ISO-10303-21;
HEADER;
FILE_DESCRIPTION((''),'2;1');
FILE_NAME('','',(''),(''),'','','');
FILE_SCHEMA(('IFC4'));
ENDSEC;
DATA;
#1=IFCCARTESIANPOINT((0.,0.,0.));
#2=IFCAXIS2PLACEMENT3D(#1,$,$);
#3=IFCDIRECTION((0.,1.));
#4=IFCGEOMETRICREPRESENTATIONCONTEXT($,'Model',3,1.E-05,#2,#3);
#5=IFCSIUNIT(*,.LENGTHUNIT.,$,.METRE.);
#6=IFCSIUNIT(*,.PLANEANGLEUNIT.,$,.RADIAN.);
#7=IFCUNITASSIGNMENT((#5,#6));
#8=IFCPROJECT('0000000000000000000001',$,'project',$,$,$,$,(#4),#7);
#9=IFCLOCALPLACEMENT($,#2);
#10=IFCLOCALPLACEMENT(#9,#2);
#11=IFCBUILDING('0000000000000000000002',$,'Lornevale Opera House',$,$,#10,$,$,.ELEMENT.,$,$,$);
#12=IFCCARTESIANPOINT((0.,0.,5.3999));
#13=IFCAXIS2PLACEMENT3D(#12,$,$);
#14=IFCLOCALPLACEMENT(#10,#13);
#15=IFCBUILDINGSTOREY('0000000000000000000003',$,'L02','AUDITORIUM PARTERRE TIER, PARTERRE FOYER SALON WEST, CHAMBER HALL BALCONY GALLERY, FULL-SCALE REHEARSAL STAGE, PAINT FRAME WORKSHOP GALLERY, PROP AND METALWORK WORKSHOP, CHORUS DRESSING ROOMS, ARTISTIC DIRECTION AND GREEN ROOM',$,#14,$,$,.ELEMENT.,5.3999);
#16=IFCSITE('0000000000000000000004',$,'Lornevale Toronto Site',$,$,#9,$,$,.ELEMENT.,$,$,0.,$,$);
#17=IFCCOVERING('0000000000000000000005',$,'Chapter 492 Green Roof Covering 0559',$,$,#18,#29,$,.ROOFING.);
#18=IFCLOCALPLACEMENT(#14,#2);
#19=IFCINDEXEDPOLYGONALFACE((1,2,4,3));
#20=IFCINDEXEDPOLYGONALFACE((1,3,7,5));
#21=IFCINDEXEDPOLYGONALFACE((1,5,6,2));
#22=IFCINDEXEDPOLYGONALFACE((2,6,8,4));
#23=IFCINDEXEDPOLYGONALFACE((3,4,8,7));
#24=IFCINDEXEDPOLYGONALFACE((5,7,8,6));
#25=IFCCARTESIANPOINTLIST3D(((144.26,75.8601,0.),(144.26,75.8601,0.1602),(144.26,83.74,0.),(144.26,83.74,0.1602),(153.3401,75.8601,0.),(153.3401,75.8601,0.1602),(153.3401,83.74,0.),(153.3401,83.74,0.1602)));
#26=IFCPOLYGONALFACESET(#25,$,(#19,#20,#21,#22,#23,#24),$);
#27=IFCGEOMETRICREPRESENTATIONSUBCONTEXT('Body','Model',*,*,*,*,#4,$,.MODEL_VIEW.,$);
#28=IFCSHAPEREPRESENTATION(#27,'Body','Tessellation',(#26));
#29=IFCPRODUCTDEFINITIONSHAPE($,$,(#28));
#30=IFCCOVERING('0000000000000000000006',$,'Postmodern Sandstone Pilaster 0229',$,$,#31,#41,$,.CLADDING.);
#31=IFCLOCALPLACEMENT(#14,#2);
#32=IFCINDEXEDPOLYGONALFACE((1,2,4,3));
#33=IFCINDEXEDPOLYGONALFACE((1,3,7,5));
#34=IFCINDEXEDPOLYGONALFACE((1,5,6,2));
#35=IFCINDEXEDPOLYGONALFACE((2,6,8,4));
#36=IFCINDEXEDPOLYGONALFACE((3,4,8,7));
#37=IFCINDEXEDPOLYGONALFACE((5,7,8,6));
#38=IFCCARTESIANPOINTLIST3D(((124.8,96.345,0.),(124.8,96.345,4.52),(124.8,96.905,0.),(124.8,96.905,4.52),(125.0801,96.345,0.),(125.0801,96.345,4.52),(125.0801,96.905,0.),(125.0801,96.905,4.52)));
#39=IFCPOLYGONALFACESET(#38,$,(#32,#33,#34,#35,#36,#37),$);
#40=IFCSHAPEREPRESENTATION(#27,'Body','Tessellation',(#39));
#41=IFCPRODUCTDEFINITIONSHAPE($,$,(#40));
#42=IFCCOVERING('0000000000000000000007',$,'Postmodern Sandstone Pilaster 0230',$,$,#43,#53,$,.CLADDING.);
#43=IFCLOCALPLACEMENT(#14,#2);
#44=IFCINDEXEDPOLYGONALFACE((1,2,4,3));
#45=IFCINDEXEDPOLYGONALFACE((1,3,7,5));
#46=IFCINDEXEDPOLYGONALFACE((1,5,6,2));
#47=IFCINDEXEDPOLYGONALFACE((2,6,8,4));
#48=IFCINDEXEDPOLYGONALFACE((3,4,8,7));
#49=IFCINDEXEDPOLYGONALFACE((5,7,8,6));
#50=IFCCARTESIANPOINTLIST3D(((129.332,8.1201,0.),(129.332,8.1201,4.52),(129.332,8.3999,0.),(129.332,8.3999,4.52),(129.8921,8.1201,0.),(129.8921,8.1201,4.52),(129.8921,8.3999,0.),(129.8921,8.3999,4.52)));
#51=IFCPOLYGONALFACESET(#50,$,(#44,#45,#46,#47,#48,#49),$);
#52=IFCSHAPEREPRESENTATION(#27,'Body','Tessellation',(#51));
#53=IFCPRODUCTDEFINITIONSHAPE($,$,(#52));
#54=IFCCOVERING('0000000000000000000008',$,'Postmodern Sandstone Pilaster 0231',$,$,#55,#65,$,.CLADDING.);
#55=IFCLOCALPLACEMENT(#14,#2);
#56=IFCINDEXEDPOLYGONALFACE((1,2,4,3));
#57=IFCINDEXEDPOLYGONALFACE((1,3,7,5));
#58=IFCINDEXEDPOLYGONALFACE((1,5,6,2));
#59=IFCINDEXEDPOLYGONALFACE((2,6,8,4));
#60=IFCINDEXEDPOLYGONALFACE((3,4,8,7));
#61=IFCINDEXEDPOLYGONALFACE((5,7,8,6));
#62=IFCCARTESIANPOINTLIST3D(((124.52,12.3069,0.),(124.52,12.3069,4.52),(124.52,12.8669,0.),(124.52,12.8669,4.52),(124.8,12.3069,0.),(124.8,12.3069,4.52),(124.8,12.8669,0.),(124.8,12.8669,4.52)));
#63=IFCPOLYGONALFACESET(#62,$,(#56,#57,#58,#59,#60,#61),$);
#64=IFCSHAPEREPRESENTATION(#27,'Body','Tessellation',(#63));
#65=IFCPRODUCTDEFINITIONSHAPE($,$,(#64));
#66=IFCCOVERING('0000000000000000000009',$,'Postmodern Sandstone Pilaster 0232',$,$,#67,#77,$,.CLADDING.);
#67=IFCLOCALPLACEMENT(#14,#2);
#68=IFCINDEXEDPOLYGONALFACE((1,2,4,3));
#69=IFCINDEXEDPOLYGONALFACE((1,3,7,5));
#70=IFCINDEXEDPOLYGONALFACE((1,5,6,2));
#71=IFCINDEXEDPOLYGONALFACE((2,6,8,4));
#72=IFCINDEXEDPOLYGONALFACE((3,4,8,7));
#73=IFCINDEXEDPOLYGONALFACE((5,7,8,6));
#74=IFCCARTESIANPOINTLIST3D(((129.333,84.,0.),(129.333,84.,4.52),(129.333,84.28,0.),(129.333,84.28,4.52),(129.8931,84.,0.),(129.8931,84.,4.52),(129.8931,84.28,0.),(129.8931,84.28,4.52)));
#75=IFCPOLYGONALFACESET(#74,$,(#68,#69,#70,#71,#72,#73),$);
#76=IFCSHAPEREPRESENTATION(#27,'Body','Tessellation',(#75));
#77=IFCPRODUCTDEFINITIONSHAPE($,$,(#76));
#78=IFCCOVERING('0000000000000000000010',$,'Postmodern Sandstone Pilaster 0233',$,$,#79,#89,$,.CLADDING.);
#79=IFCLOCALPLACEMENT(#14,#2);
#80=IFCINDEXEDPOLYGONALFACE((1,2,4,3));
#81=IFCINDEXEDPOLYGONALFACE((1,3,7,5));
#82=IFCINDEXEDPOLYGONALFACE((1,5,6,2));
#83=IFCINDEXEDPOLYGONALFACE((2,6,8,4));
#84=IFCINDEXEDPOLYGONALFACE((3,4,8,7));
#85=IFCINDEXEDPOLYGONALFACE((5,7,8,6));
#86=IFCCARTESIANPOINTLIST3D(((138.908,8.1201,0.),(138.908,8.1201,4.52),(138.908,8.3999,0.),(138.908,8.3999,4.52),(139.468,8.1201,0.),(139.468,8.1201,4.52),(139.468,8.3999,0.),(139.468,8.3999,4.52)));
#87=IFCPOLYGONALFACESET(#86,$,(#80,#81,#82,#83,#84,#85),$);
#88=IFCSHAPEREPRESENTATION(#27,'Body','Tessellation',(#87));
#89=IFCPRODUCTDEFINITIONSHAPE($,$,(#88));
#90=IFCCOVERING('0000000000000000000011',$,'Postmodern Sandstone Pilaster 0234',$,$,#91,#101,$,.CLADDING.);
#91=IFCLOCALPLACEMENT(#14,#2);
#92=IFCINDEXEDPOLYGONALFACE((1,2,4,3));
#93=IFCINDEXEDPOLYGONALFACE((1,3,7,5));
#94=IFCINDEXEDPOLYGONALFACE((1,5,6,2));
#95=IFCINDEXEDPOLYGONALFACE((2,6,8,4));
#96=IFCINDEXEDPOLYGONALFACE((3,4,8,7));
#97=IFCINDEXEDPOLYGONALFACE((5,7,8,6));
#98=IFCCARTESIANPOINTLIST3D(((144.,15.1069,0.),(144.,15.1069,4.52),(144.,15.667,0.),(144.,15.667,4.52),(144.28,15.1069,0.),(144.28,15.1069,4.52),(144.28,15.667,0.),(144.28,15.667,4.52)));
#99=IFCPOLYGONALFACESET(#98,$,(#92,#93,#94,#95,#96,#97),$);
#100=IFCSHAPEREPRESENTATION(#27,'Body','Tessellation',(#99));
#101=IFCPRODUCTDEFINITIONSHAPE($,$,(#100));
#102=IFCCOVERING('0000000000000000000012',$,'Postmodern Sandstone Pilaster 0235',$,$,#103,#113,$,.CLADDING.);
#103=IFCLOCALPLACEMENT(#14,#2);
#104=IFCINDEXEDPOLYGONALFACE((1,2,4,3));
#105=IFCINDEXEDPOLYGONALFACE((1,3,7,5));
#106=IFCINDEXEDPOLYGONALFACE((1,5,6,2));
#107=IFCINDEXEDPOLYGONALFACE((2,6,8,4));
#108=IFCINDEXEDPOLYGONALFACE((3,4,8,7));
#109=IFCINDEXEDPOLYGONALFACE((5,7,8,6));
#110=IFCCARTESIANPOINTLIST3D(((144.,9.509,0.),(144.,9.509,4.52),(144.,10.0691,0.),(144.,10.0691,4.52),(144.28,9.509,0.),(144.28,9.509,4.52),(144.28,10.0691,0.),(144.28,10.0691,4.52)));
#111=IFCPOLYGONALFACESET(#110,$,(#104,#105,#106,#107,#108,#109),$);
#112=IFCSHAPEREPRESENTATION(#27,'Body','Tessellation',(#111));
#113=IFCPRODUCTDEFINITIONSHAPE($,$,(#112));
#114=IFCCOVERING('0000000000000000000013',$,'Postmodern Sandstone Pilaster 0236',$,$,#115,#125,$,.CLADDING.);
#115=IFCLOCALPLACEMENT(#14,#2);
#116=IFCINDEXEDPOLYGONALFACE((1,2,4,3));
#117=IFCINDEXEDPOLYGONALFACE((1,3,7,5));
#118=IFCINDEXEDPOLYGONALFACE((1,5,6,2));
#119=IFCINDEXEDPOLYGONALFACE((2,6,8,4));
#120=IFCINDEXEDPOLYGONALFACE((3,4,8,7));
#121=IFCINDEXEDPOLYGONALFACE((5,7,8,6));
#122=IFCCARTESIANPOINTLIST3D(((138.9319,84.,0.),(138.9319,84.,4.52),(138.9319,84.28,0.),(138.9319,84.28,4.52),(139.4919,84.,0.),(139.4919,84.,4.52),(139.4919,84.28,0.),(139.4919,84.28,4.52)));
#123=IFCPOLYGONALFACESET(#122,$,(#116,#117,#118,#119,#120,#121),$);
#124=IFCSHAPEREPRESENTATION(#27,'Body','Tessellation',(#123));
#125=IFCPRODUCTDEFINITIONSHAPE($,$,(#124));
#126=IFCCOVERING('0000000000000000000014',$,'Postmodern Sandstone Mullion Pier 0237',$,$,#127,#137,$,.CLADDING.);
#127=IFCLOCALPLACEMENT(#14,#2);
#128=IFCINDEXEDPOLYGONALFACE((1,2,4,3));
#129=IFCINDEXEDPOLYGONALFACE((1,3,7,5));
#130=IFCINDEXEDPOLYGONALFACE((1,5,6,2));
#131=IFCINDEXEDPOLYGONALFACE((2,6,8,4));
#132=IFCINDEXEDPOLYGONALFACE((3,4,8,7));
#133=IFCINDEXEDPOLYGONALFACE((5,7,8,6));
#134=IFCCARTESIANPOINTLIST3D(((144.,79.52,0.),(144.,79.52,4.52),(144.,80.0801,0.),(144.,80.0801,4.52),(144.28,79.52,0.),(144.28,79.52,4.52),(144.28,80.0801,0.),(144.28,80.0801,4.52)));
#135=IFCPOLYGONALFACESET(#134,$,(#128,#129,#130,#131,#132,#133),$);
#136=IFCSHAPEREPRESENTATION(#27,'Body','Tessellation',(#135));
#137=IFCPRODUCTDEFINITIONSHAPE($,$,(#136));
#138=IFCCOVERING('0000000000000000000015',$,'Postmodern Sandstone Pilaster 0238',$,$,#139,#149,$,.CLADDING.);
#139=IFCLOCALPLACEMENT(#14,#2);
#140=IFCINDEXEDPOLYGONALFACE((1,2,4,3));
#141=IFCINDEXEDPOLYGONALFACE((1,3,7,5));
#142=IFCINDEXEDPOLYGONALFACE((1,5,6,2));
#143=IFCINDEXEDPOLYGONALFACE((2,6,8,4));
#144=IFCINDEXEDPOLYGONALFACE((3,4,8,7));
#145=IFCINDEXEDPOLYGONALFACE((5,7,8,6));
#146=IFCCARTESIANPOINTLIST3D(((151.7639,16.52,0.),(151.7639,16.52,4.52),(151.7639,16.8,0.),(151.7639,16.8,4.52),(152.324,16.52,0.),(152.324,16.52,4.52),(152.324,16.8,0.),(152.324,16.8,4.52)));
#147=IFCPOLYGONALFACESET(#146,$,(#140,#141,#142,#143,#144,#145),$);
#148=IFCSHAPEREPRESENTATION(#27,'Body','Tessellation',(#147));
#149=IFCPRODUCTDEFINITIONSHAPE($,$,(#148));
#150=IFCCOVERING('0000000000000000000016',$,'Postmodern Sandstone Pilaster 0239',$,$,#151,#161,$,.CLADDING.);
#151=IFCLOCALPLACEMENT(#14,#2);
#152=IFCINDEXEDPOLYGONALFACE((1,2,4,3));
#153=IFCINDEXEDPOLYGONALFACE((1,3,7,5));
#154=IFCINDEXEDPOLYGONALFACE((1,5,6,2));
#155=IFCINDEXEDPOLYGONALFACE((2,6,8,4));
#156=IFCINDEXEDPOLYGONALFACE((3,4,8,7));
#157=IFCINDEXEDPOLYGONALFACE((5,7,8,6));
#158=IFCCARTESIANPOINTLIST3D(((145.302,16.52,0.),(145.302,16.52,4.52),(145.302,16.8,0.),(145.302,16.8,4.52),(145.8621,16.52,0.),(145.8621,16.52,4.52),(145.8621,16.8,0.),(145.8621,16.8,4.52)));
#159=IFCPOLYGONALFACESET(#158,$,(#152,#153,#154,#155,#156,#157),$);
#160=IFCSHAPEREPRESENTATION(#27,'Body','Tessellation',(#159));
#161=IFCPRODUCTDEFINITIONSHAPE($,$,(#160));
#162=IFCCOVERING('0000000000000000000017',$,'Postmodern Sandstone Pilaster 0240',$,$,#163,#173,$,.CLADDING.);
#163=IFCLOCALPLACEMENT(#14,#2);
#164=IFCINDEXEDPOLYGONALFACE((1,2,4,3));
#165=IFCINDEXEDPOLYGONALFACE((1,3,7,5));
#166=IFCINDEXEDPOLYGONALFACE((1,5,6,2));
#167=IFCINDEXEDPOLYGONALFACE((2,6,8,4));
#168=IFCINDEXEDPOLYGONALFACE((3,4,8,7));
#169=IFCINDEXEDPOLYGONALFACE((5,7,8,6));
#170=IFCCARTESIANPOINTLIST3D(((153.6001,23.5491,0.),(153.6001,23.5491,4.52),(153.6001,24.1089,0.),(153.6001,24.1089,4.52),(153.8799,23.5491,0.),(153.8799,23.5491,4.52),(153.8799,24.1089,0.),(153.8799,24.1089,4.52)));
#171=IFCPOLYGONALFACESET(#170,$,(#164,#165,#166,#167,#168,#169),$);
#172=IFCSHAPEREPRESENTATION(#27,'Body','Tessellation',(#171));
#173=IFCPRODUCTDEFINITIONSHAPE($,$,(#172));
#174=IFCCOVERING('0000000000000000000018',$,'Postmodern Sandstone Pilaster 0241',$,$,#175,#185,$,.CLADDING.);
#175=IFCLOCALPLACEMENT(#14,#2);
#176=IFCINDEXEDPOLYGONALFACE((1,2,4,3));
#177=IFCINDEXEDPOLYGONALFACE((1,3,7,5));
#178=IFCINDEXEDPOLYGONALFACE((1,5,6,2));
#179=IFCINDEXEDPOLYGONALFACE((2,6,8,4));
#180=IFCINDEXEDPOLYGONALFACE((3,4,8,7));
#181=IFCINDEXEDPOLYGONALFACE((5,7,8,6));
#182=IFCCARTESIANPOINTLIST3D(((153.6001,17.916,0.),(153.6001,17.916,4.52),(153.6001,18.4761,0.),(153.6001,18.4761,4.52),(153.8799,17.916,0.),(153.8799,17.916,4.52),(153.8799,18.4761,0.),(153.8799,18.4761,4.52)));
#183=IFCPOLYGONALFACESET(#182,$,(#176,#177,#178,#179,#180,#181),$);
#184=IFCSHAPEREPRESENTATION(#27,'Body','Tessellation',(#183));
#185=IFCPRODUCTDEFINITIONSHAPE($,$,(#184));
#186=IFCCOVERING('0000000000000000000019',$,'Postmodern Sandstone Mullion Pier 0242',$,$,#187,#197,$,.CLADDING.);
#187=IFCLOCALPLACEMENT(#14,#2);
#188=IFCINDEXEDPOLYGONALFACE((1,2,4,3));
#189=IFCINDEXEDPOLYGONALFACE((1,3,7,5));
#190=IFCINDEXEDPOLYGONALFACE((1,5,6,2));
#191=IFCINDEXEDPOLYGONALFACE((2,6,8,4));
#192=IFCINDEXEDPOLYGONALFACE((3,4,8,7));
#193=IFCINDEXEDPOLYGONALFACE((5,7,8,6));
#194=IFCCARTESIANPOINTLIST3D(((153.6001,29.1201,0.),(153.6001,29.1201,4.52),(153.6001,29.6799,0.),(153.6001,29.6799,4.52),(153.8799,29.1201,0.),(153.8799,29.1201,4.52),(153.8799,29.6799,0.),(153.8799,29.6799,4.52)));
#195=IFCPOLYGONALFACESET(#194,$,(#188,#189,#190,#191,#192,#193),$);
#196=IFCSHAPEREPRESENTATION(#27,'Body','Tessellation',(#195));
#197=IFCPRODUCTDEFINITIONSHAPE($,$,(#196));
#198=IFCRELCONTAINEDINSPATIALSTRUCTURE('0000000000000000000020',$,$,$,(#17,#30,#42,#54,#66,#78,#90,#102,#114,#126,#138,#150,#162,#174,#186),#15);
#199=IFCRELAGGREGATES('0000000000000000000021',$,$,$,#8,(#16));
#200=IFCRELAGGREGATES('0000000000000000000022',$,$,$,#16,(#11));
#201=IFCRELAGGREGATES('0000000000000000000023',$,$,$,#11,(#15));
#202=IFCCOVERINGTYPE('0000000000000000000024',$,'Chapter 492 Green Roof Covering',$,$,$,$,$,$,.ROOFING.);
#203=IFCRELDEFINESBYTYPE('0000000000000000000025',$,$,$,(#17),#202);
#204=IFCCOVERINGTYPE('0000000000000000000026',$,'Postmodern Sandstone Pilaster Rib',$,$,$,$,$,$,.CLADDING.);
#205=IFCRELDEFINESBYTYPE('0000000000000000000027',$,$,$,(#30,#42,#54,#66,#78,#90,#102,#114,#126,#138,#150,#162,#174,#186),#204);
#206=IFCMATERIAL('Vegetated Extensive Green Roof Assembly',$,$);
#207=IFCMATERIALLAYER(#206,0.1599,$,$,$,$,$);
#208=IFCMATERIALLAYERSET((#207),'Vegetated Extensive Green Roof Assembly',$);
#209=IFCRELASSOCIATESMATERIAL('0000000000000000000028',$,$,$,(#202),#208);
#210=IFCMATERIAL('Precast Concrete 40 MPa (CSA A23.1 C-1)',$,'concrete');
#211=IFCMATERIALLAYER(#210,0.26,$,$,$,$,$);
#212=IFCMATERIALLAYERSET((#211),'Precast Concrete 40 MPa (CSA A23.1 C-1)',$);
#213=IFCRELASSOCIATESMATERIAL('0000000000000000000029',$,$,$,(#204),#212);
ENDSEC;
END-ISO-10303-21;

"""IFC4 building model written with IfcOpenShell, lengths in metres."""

from ifc_helpers import new_model, si_unit, direction, frame, origin, place, context, subcontext, project, spatial, polyline, outline, extrude, material, layer, layer_set, type_object, element, save


model = new_model("IFC4")

# Units and contexts
model_context = context("Model", 3, precision=1e-05, world=origin(), true_north=direction((0.0, 1.0)))
body_context = subcontext(model_context, "Body", "Model", "MODEL_VIEW")
ifc_project = project(units=[si_unit("LENGTHUNIT", "METRE"), si_unit("PLANEANGLEUNIT", "RADIAN")], contexts=[model_context])

# Site, building, storey
site_placement = place(None, origin())
site = spatial("IfcSite", under=ifc_project, at=site_placement, Name="Lornevale Toronto Site", CompositionType="ELEMENT", RefElevation=0.0)
building_placement = place(site_placement, origin())
building = spatial("IfcBuilding", under=site, at=building_placement, Name="Lornevale Opera House", CompositionType="ELEMENT")
storey_placement = place(building_placement, frame((0.0, 0.0, 5.3999)))
storey = spatial("IfcBuildingStorey", under=building, at=storey_placement, Name="L02", Description="AUDITORIUM PARTERRE TIER, PARTERRE FOYER SALON WEST, CHAMBER HALL BALCONY GALLERY, FULL-SCALE REHEARSAL STAGE, PAINT FRAME WORKSHOP GALLERY, PROP AND METALWORK WORKSHOP, CHORUS DRESSING ROOMS, ARTISTIC DIRECTION AND GREEN ROOM", CompositionType="ELEMENT", Elevation=5.3999)

# Coverings
ifc_material_1 = material(Name="Vegetated Extensive Green Roof Assembly")
ifc_layer_1 = layer(ifc_material_1, 0.1599)
ifc_layer_set_1 = layer_set([ifc_layer_1], Name="Vegetated Extensive Green Roof Assembly")
covering_type_1 = type_object("IfcCoveringType", Name="Chapter 492 Green Roof Covering", PredefinedType="ROOFING", material=ifc_layer_set_1)
covering_1_placement = place(storey_placement, origin())
element("IfcCovering", 1, at=covering_1_placement, inside=storey, type_object=covering_type_1, Name="Chapter 492 Green Roof Covering 0559", PredefinedType="ROOFING", context=body_context, shape_type="SweptSolid", body=[
    extrude(outline(polyline([(153.3401, 83.74), (153.3401, 75.8601), (144.26, 75.8601), (144.26, 83.74), (153.3401, 83.74)])), origin(), (0.0, 0.0, 1.0), 0.1602),
])
ifc_material_2 = material(Name="Precast Concrete 40 MPa (CSA A23.1 C-1)", Category="concrete")
ifc_layer_2 = layer(ifc_material_2, 0.26)
ifc_layer_set_2 = layer_set([ifc_layer_2], Name="Precast Concrete 40 MPa (CSA A23.1 C-1)")
covering_type_2 = type_object("IfcCoveringType", Name="Postmodern Sandstone Pilaster Rib", PredefinedType="CLADDING", material=ifc_layer_set_2)
covering_2_placement = place(storey_placement, origin())
element("IfcCovering", 2, at=covering_2_placement, inside=storey, type_object=covering_type_2, Name="Postmodern Sandstone Pilaster 0229", PredefinedType="CLADDING", context=body_context, shape_type="SweptSolid", body=[
    extrude(outline(polyline([(124.8, 96.905), (124.8, 96.345), (125.0801, 96.345), (125.0801, 96.905), (124.8, 96.905)])), origin(), (0.0, 0.0, 1.0), 4.52),
])
covering_3_placement = place(storey_placement, origin())
element("IfcCovering", 3, at=covering_3_placement, inside=storey, type_object=covering_type_2, Name="Postmodern Sandstone Pilaster 0230", PredefinedType="CLADDING", context=body_context, shape_type="SweptSolid", body=[
    extrude(outline(polyline([(129.8921, 8.3999), (129.332, 8.3999), (129.332, 8.1201), (129.8921, 8.1201), (129.8921, 8.3999)])), origin(), (0.0, 0.0, 1.0), 4.52),
])
covering_4_placement = place(storey_placement, origin())
element("IfcCovering", 4, at=covering_4_placement, inside=storey, type_object=covering_type_2, Name="Postmodern Sandstone Pilaster 0231", PredefinedType="CLADDING", context=body_context, shape_type="SweptSolid", body=[
    extrude(outline(polyline([(124.8, 12.3069), (124.8, 12.8669), (124.52, 12.8669), (124.52, 12.3069), (124.8, 12.3069)])), origin(), (0.0, 0.0, 1.0), 4.52),
])
covering_5_placement = place(storey_placement, origin())
element("IfcCovering", 5, at=covering_5_placement, inside=storey, type_object=covering_type_2, Name="Postmodern Sandstone Pilaster 0232", PredefinedType="CLADDING", context=body_context, shape_type="SweptSolid", body=[
    extrude(outline(polyline([(129.333, 84.0), (129.8931, 84.0), (129.8931, 84.28), (129.333, 84.28), (129.333, 84.0)])), origin(), (0.0, 0.0, 1.0), 4.52),
])
covering_6_placement = place(storey_placement, origin())
element("IfcCovering", 6, at=covering_6_placement, inside=storey, type_object=covering_type_2, Name="Postmodern Sandstone Pilaster 0233", PredefinedType="CLADDING", context=body_context, shape_type="SweptSolid", body=[
    extrude(outline(polyline([(139.468, 8.3999), (138.908, 8.3999), (138.908, 8.1201), (139.468, 8.1201), (139.468, 8.3999)])), origin(), (0.0, 0.0, 1.0), 4.52),
])
covering_7_placement = place(storey_placement, origin())
element("IfcCovering", 7, at=covering_7_placement, inside=storey, type_object=covering_type_2, Name="Postmodern Sandstone Pilaster 0234", PredefinedType="CLADDING", context=body_context, shape_type="SweptSolid", body=[
    extrude(outline(polyline([(144.0, 15.667), (144.0, 15.1069), (144.28, 15.1069), (144.28, 15.667), (144.0, 15.667)])), origin(), (0.0, 0.0, 1.0), 4.52),
])
covering_8_placement = place(storey_placement, origin())
element("IfcCovering", 8, at=covering_8_placement, inside=storey, type_object=covering_type_2, Name="Postmodern Sandstone Pilaster 0235", PredefinedType="CLADDING", context=body_context, shape_type="SweptSolid", body=[
    extrude(outline(polyline([(144.0, 10.0691), (144.0, 9.509), (144.28, 9.509), (144.28, 10.0691), (144.0, 10.0691)])), origin(), (0.0, 0.0, 1.0), 4.52),
])
covering_9_placement = place(storey_placement, origin())
element("IfcCovering", 9, at=covering_9_placement, inside=storey, type_object=covering_type_2, Name="Postmodern Sandstone Pilaster 0236", PredefinedType="CLADDING", context=body_context, shape_type="SweptSolid", body=[
    extrude(outline(polyline([(138.9319, 84.0), (139.4919, 84.0), (139.4919, 84.28), (138.9319, 84.28), (138.9319, 84.0)])), origin(), (0.0, 0.0, 1.0), 4.52),
])
covering_10_placement = place(storey_placement, origin())
element("IfcCovering", 10, at=covering_10_placement, inside=storey, type_object=covering_type_2, Name="Postmodern Sandstone Mullion Pier 0237", PredefinedType="CLADDING", context=body_context, shape_type="SweptSolid", body=[
    extrude(outline(polyline([(144.0, 80.0801), (144.0, 79.52), (144.28, 79.52), (144.28, 80.0801), (144.0, 80.0801)])), origin(), (0.0, 0.0, 1.0), 4.52),
])
covering_11_placement = place(storey_placement, origin())
element("IfcCovering", 11, at=covering_11_placement, inside=storey, type_object=covering_type_2, Name="Postmodern Sandstone Pilaster 0238", PredefinedType="CLADDING", context=body_context, shape_type="SweptSolid", body=[
    extrude(outline(polyline([(152.324, 16.8), (151.7639, 16.8), (151.7639, 16.52), (152.324, 16.52), (152.324, 16.8)])), origin(), (0.0, 0.0, 1.0), 4.52),
])
covering_12_placement = place(storey_placement, origin())
element("IfcCovering", 12, at=covering_12_placement, inside=storey, type_object=covering_type_2, Name="Postmodern Sandstone Pilaster 0239", PredefinedType="CLADDING", context=body_context, shape_type="SweptSolid", body=[
    extrude(outline(polyline([(145.8621, 16.8), (145.302, 16.8), (145.302, 16.52), (145.8621, 16.52), (145.8621, 16.8)])), origin(), (0.0, 0.0, 1.0), 4.52),
])
covering_13_placement = place(storey_placement, origin())
element("IfcCovering", 13, at=covering_13_placement, inside=storey, type_object=covering_type_2, Name="Postmodern Sandstone Pilaster 0240", PredefinedType="CLADDING", context=body_context, shape_type="SweptSolid", body=[
    extrude(outline(polyline([(153.6001, 24.1089), (153.6001, 23.5491), (153.8799, 23.5491), (153.8799, 24.1089), (153.6001, 24.1089)])), origin(), (0.0, 0.0, 1.0), 4.52),
])
covering_14_placement = place(storey_placement, origin())
element("IfcCovering", 14, at=covering_14_placement, inside=storey, type_object=covering_type_2, Name="Postmodern Sandstone Pilaster 0241", PredefinedType="CLADDING", context=body_context, shape_type="SweptSolid", body=[
    extrude(outline(polyline([(153.6001, 18.4761), (153.6001, 17.916), (153.8799, 17.916), (153.8799, 18.4761), (153.6001, 18.4761)])), origin(), (0.0, 0.0, 1.0), 4.52),
])
covering_15_placement = place(storey_placement, origin())
element("IfcCovering", 15, at=covering_15_placement, inside=storey, type_object=covering_type_2, Name="Postmodern Sandstone Mullion Pier 0242", PredefinedType="CLADDING", context=body_context, shape_type="SweptSolid", body=[
    extrude(outline(polyline([(153.6001, 29.6799), (153.6001, 29.1201), (153.8799, 29.1201), (153.8799, 29.6799), (153.6001, 29.6799)])), origin(), (0.0, 0.0, 1.0), 4.52),
])

save(model, "model.ifc")
